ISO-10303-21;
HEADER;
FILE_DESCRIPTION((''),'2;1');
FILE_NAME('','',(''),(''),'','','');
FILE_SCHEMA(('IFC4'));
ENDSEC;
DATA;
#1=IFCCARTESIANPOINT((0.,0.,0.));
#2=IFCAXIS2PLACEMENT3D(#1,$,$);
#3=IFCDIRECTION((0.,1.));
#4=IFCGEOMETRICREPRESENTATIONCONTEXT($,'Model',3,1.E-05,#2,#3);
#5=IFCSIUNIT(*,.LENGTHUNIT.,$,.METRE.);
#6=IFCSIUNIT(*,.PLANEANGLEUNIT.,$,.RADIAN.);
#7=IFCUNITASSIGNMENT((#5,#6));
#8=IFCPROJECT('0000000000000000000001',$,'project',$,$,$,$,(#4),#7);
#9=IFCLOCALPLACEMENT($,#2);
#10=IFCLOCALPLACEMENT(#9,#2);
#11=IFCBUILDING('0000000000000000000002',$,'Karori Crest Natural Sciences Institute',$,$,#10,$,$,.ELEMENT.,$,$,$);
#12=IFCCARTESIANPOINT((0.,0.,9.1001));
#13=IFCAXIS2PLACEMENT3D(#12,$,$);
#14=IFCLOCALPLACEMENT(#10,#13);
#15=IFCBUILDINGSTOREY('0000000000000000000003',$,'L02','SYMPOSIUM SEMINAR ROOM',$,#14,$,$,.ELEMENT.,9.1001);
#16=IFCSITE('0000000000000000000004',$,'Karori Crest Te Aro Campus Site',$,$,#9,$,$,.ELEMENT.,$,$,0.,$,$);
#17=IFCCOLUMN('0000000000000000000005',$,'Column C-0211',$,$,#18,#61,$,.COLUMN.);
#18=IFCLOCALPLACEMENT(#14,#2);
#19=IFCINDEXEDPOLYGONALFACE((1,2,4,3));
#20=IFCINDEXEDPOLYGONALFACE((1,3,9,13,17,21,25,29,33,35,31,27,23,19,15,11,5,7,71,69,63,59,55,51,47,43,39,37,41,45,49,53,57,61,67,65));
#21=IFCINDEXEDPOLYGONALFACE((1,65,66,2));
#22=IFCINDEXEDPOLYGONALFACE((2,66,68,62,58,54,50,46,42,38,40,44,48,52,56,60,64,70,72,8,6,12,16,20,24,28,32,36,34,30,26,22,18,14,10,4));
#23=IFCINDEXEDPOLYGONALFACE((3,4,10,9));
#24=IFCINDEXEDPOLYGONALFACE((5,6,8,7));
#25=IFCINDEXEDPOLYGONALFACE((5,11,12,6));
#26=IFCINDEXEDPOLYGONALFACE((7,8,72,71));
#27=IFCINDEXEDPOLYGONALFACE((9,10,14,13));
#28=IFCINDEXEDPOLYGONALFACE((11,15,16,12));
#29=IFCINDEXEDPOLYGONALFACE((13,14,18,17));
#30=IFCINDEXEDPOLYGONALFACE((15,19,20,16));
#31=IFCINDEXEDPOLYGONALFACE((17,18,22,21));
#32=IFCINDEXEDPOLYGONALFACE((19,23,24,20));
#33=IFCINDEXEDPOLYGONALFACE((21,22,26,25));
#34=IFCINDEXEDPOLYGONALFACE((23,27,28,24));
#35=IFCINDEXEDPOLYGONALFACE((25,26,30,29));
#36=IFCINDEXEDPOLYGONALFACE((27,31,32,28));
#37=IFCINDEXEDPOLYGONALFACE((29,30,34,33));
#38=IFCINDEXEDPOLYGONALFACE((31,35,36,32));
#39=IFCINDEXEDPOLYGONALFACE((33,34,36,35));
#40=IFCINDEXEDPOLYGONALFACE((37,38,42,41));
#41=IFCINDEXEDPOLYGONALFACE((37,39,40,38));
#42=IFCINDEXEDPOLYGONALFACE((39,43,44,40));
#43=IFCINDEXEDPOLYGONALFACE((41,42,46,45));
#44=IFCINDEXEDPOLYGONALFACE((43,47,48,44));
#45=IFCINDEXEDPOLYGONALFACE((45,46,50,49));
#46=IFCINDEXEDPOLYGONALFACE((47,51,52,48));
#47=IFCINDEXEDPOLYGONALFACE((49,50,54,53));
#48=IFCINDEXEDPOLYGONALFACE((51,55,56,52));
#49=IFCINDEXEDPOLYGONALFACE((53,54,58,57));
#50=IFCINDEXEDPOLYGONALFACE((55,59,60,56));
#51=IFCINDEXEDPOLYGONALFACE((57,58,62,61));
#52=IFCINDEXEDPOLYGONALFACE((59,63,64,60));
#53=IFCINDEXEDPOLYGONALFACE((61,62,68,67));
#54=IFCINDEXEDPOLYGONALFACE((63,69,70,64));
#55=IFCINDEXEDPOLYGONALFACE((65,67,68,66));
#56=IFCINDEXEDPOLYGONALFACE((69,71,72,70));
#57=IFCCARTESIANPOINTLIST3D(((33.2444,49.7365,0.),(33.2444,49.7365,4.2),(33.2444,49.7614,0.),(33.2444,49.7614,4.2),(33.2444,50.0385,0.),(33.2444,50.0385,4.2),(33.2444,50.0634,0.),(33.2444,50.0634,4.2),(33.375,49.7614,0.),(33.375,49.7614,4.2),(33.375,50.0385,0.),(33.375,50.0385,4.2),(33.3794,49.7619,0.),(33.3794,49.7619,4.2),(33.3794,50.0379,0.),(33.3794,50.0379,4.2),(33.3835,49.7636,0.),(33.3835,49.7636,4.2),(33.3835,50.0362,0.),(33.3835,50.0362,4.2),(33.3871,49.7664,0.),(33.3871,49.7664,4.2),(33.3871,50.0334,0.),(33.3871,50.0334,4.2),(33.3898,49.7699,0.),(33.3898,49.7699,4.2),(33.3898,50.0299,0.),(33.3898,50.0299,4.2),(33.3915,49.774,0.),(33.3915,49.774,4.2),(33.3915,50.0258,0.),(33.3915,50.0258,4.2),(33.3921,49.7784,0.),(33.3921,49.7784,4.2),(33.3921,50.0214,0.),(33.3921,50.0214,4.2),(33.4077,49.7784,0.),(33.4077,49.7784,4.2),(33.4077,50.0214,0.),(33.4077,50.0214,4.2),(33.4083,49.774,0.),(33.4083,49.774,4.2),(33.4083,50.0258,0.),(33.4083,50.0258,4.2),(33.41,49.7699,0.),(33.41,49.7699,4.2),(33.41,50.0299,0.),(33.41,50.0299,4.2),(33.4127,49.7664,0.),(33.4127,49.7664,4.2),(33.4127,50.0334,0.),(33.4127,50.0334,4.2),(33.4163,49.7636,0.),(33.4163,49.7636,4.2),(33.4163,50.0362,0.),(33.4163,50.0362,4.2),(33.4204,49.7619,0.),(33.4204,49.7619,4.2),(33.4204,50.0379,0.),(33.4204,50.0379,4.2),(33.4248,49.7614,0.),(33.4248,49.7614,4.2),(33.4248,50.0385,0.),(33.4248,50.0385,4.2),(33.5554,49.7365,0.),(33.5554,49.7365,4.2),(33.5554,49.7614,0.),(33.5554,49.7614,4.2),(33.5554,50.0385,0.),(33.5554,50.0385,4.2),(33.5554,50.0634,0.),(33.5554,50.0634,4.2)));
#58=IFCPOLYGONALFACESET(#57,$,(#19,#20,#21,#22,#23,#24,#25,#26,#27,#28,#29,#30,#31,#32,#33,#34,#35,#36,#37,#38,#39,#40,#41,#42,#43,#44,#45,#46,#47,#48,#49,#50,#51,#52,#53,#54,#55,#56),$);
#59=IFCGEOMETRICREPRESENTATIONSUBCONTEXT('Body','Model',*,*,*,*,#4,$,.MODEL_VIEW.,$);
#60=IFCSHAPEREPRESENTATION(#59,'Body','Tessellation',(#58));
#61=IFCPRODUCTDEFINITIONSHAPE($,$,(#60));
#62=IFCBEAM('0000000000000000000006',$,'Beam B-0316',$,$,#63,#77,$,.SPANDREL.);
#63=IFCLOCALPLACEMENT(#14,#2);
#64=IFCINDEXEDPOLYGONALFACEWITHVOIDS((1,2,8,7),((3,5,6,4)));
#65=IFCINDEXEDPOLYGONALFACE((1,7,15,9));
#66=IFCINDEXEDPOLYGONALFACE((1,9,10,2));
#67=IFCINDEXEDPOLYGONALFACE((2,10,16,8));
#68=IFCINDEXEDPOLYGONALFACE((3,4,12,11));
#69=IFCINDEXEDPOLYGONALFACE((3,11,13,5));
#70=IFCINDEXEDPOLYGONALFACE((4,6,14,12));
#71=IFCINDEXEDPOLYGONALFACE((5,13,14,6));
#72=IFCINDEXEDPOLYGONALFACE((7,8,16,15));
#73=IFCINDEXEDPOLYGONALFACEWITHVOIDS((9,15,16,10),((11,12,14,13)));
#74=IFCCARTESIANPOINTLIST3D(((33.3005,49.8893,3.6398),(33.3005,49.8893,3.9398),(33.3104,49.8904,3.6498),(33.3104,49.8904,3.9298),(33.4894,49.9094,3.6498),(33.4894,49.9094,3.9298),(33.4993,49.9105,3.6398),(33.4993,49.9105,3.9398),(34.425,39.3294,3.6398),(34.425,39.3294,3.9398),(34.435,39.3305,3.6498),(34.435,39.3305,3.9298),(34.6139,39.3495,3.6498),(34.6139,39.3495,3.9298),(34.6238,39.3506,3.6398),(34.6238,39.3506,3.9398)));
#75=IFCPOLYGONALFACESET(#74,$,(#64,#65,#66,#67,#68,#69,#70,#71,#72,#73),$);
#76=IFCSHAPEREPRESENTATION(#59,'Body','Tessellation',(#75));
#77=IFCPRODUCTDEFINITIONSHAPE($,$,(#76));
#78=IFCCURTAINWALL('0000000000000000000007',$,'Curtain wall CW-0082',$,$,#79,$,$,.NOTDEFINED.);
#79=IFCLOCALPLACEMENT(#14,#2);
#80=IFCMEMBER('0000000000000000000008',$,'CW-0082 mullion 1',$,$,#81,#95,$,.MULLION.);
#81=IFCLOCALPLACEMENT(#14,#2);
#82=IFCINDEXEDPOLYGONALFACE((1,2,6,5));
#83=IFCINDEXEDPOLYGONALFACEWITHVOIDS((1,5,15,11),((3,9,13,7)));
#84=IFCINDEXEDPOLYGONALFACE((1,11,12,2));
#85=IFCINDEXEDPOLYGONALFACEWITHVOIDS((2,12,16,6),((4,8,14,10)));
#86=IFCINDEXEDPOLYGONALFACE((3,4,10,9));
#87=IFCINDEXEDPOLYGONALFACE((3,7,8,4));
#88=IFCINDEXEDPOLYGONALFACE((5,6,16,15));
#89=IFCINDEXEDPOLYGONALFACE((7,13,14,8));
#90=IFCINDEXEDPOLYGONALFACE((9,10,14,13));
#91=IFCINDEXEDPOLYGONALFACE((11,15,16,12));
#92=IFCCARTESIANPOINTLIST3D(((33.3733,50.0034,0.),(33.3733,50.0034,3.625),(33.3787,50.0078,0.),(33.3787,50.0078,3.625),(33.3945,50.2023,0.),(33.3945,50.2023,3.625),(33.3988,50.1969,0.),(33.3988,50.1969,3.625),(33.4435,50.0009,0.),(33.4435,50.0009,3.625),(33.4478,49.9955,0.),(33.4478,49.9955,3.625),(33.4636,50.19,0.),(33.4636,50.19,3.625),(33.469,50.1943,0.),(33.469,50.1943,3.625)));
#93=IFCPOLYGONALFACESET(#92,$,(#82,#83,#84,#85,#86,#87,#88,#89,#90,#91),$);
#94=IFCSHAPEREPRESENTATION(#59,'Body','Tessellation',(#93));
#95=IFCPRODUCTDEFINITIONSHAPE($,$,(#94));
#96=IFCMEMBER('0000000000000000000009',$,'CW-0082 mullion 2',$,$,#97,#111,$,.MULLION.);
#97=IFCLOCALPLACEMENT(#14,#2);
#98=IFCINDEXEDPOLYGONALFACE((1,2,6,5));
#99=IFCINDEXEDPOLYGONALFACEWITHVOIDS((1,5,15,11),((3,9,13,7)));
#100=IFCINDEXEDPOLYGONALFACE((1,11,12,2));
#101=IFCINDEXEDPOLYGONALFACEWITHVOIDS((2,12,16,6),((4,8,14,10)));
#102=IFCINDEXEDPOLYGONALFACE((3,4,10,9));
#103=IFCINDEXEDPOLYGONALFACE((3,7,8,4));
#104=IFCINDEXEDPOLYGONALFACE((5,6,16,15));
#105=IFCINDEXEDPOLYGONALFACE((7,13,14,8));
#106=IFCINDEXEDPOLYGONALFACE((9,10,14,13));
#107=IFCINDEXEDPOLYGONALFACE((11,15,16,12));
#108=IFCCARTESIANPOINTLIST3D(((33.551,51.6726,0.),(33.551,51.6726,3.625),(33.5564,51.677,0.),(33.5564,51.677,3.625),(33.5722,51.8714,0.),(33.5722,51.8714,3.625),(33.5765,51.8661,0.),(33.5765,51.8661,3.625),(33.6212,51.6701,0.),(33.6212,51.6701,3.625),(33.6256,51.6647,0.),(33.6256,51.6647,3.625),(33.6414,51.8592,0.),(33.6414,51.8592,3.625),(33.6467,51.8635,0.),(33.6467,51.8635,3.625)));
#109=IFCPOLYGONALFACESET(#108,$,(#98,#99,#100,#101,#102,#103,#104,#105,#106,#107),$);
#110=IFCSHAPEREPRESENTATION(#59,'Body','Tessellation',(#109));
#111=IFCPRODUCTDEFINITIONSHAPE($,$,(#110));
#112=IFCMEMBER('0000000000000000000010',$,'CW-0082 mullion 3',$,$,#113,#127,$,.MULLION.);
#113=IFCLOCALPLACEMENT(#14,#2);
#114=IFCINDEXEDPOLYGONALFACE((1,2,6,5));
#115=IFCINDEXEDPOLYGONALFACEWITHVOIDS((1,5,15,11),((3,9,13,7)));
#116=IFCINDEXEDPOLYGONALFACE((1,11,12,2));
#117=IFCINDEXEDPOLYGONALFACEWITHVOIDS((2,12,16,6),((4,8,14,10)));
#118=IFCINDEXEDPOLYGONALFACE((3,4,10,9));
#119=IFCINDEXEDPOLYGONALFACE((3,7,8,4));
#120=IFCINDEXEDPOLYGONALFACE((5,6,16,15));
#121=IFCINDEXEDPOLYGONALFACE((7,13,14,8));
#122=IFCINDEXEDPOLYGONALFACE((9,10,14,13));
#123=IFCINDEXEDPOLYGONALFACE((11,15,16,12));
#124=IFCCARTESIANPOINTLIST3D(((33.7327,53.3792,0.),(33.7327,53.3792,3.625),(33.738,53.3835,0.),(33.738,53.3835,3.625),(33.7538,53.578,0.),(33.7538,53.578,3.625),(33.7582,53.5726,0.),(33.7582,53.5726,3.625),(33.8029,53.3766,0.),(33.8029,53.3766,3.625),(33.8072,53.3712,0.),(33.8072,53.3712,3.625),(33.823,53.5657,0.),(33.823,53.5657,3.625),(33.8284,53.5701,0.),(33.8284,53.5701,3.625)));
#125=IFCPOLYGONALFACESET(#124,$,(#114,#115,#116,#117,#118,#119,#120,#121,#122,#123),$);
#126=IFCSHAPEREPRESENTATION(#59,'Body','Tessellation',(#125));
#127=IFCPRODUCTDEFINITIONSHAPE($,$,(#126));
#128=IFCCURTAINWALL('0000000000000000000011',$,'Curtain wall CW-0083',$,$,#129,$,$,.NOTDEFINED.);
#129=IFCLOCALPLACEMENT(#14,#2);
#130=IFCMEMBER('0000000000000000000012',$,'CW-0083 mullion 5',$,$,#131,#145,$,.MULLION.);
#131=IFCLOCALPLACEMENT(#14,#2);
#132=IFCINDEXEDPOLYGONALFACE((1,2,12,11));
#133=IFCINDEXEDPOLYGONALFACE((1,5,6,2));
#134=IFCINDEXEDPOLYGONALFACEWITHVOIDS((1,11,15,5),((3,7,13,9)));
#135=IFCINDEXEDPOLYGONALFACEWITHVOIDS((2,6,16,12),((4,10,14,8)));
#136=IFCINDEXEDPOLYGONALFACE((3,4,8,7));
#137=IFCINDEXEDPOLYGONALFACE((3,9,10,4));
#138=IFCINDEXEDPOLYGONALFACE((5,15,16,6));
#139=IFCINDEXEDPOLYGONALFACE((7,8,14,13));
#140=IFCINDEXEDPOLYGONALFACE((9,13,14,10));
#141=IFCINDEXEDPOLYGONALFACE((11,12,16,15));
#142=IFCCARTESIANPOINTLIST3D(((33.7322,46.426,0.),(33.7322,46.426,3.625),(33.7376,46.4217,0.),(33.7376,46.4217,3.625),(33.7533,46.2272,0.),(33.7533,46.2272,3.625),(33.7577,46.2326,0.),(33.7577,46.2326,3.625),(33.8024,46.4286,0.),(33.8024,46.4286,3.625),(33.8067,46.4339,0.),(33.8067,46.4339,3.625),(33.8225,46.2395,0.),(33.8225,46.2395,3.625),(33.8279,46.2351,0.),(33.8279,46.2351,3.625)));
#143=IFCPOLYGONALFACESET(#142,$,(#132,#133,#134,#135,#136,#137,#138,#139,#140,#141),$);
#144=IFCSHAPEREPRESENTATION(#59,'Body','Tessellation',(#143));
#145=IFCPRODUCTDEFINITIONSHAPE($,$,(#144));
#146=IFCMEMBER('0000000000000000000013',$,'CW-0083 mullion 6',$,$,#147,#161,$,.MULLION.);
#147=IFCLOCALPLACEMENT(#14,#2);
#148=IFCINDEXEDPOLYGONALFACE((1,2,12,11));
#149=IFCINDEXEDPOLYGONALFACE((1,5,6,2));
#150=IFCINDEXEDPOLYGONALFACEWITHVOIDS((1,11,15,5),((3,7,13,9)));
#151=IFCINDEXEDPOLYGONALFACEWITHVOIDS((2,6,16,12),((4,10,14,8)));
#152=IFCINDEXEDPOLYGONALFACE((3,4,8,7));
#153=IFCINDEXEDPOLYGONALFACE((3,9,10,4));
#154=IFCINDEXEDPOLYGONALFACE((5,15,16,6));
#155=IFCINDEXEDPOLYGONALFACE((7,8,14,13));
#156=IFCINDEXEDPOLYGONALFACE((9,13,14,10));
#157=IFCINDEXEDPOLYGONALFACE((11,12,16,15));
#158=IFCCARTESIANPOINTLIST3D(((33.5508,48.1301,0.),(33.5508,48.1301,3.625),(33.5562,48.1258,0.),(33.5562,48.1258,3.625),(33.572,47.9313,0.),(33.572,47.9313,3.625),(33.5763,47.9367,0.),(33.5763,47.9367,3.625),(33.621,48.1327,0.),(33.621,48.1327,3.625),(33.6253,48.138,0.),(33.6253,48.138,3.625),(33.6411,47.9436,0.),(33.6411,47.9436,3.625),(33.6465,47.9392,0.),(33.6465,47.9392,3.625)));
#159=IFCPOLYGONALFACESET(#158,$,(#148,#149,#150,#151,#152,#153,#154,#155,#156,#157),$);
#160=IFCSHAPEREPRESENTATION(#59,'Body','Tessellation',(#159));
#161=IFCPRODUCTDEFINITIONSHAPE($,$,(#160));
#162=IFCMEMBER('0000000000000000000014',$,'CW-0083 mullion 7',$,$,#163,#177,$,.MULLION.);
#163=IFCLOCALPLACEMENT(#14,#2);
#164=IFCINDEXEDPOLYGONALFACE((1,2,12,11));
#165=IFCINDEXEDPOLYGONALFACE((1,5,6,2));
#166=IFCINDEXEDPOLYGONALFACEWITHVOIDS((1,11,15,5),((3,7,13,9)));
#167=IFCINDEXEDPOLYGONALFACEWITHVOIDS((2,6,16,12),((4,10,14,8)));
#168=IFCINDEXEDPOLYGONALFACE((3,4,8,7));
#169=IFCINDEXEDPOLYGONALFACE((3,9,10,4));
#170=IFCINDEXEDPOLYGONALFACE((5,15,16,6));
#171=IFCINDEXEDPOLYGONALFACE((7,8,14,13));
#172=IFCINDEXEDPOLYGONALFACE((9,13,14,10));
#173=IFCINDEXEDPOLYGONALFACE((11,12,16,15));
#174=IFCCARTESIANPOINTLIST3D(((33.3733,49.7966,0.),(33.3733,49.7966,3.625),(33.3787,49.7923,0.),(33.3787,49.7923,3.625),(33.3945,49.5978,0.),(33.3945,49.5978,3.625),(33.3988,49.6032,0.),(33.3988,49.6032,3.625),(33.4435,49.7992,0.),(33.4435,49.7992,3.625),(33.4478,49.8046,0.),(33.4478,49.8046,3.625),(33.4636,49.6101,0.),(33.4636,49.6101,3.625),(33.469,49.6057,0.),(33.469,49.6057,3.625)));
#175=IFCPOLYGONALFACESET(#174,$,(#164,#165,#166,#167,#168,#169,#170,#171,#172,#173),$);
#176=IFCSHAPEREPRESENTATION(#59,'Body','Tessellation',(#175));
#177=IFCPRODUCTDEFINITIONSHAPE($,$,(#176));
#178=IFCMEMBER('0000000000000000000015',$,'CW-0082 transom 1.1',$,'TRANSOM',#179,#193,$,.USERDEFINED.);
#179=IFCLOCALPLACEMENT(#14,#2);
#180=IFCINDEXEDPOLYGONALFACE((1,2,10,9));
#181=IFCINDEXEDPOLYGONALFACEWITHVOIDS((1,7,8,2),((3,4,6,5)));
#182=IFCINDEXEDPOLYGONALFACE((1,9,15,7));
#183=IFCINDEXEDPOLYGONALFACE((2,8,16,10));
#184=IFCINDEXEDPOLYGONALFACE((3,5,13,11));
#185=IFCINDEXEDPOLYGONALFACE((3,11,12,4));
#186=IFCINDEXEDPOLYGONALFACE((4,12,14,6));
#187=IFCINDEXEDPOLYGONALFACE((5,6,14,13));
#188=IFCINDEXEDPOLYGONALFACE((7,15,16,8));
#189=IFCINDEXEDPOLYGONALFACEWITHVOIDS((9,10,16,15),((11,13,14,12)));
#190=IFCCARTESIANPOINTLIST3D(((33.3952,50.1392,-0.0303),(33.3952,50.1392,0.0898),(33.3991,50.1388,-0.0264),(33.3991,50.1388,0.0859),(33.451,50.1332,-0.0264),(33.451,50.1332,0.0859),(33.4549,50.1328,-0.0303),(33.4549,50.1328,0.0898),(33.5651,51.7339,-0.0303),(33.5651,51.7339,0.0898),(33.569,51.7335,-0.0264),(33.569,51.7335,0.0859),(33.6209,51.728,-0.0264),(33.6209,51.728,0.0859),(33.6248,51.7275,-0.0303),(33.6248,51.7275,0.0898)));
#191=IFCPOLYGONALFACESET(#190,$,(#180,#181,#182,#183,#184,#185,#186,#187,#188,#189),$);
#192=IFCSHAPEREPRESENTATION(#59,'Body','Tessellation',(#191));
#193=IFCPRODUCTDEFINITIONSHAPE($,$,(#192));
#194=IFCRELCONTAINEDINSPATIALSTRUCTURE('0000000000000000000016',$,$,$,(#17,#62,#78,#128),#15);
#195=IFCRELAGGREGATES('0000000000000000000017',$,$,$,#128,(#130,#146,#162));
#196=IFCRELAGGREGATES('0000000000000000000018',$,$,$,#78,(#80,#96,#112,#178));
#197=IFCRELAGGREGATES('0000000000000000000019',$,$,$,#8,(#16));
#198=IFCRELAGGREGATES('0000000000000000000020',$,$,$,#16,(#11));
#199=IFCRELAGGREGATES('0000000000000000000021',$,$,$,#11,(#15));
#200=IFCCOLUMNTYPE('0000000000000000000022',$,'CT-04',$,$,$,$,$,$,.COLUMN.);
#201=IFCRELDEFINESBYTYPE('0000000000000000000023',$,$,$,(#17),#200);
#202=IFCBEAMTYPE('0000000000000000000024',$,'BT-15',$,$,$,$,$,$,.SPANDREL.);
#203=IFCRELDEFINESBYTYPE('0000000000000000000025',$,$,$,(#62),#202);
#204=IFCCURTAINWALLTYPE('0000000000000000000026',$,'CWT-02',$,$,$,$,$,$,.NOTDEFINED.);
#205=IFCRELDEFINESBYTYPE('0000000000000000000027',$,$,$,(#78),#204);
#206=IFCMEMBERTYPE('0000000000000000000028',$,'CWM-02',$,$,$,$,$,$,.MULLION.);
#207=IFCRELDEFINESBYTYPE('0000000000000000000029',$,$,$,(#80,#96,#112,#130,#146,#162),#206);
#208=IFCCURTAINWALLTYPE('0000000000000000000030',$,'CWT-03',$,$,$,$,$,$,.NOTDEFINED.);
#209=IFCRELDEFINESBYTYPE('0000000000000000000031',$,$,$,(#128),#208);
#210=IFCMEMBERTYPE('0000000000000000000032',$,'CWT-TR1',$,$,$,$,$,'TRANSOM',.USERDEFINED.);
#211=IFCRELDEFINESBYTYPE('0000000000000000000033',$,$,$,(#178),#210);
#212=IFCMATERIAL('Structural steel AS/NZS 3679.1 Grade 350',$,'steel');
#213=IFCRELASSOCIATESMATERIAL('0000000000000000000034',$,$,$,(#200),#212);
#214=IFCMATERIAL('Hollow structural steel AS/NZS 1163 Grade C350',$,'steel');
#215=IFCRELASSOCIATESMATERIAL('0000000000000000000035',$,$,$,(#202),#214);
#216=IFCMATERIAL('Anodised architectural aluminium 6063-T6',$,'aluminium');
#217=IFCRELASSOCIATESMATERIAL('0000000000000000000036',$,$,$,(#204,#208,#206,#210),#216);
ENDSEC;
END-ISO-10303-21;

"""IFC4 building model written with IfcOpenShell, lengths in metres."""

from ifc_helpers import new_model, si_unit, direction, frame, origin, origin_2d, place, context, subcontext, project, spatial, hollow_rectangle, i_section, extrude, material, material_profile, profile_set, type_object, element, aggregate, save


model = new_model("IFC4")

# Units and contexts
model_context = context("Model", 3, precision=1e-05, world=origin(), true_north=direction((0.0, 1.0)))
body_context = subcontext(model_context, "Body", "Model", "MODEL_VIEW")
ifc_project = project(units=[si_unit("LENGTHUNIT", "METRE"), si_unit("PLANEANGLEUNIT", "RADIAN")], contexts=[model_context])

# Site, building, storey
site_placement = place(None, origin())
site = spatial("IfcSite", under=ifc_project, at=site_placement, Name="Karori Crest Te Aro Campus Site", CompositionType="ELEMENT", RefElevation=0.0)
building_placement = place(site_placement, origin())
building = spatial("IfcBuilding", under=site, at=building_placement, Name="Karori Crest Natural Sciences Institute", CompositionType="ELEMENT")
storey_placement = place(building_placement, frame((0.0, 0.0, 9.1001)))
storey = spatial("IfcBuildingStorey", under=building, at=storey_placement, Name="L02", Description="SYMPOSIUM SEMINAR ROOM", CompositionType="ELEMENT", Elevation=9.1001)

# Column
ifc_material_1 = material(Name="Structural steel AS/NZS 3679.1 Grade 350", Category="steel")
ifc_material_profile_1 = material_profile(ifc_material_1, i_section(OverallWidth=0.311, OverallDepth=0.3269, WebThickness=0.0156, FlangeThickness=0.0249, FilletRadius=0.0171, at=origin_2d()), Name="310UC158")
ifc_profile_set_1 = profile_set([ifc_material_profile_1], Name="Structural steel AS/NZS 3679.1 Grade 350")
column_type = type_object("IfcColumnType", Name="CT-04", PredefinedType="COLUMN", material=ifc_profile_set_1)
column_placement = place(storey_placement, frame((33.3999, 49.8999, 0.0), z_axis=(0.0, 0.0, 1.0), x_axis=(1.0, 0.0, 0.0)))
element("IfcColumn", 1, at=column_placement, inside=storey, type_object=column_type, Name="Column C-0211", PredefinedType="COLUMN", context=body_context, shape_type="SweptSolid", body=[
    extrude(i_section(OverallWidth=0.311, OverallDepth=0.3269, WebThickness=0.0156, FlangeThickness=0.0249, FilletRadius=0.0171, at=origin_2d()), origin(), (0.0, 0.0, 1.0), 4.2),
])

# Beam
ifc_material_2 = material(Name="Hollow structural steel AS/NZS 1163 Grade C350", Category="steel")
ifc_material_profile_2 = material_profile(ifc_material_2, hollow_rectangle(XDim=0.2, YDim=0.3, WallThickness=0.01, at=origin_2d()), Name="RHS300x200x10")
ifc_profile_set_2 = profile_set([ifc_material_profile_2], Name="Hollow structural steel AS/NZS 1163 Grade C350")
beam_type = type_object("IfcBeamType", Name="BT-15", PredefinedType="SPANDREL", material=ifc_profile_set_2)
beam_placement = place(storey_placement, frame((33.3999, 49.8999, 3.7898), z_axis=(0.105891, -0.994378, 0.0), x_axis=(0.994378, 0.105891, 0.0)))
element("IfcBeam", 2, at=beam_placement, inside=storey, type_object=beam_type, Name="Beam B-0316", PredefinedType="SPANDREL", context=body_context, shape_type="SweptSolid", body=[
    extrude(hollow_rectangle(XDim=0.2, YDim=0.3, WallThickness=0.01, at=origin_2d()), origin(), (0.0, 0.0, 1.0), 10.6196),
])

# Curtain walls, members
ifc_material_3 = material(Name="Anodised architectural aluminium 6063-T6", Category="aluminium")
curtain_wall_type_1 = type_object("IfcCurtainWallType", Name="CWT-02", PredefinedType="NOTDEFINED", material=ifc_material_3)
curtain_wall_1_placement = place(storey_placement, origin())
curtain_wall_1 = element("IfcCurtainWall", 3, at=curtain_wall_1_placement, inside=storey, type_object=curtain_wall_type_1, Name="Curtain wall CW-0082", PredefinedType="NOTDEFINED")
ifc_material_profile_3 = material_profile(ifc_material_3, hollow_rectangle(XDim=0.075, YDim=0.2, WallThickness=0.0049, at=origin_2d()), Name="CWM200x75x5")
ifc_profile_set_3 = profile_set([ifc_material_profile_3], Name="Anodised architectural aluminium 6063-T6")
member_type_1 = type_object("IfcMemberType", Name="CWM-02", PredefinedType="MULLION", material=ifc_profile_set_3)
member_1_placement = place(storey_placement, frame((33.4211, 50.0989, 0.0), z_axis=(0.0, 0.0, 1.0), x_axis=(-0.994378, 0.105884, 0.0)))
member_1 = element("IfcMember", 4, at=member_1_placement, type_object=member_type_1, Name="CW-0082 mullion 1", PredefinedType="MULLION", context=body_context, shape_type="SweptSolid", body=[
    extrude(hollow_rectangle(XDim=0.075, YDim=0.2, WallThickness=0.0049, at=origin_2d()), origin(), (0.0, 0.0, 1.0), 3.625),
])
member_2_placement = place(storey_placement, frame((33.5989, 51.7681, 0.0), z_axis=(0.0, 0.0, 1.0), x_axis=(-0.994378, 0.105884, 0.0)))
member_2 = element("IfcMember", 5, at=member_2_placement, type_object=member_type_1, Name="CW-0082 mullion 2", PredefinedType="MULLION", context=body_context, shape_type="SweptSolid", body=[
    extrude(hollow_rectangle(XDim=0.075, YDim=0.2, WallThickness=0.0049, at=origin_2d()), origin(), (0.0, 0.0, 1.0), 3.625),
])
member_3_placement = place(storey_placement, frame((33.7805, 53.4746, 0.0), z_axis=(0.0, 0.0, 1.0), x_axis=(-0.994378, 0.105884, 0.0)))
member_3 = element("IfcMember", 6, at=member_3_placement, type_object=member_type_1, Name="CW-0082 mullion 3", PredefinedType="MULLION", context=body_context, shape_type="SweptSolid", body=[
    extrude(hollow_rectangle(XDim=0.075, YDim=0.2, WallThickness=0.0049, at=origin_2d()), origin(), (0.0, 0.0, 1.0), 3.625),
])
curtain_wall_type_2 = type_object("IfcCurtainWallType", Name="CWT-03", PredefinedType="NOTDEFINED", material=ifc_material_3)
curtain_wall_2_placement = place(storey_placement, origin())
curtain_wall_2 = element("IfcCurtainWall", 7, at=curtain_wall_2_placement, inside=storey, type_object=curtain_wall_type_2, Name="Curtain wall CW-0083", PredefinedType="NOTDEFINED")
member_4_placement = place(storey_placement, frame((33.78, 46.3306, 0.0), z_axis=(0.0, 0.0, 1.0), x_axis=(-0.994379, -0.105882, 0.0)))
member_4 = element("IfcMember", 8, at=member_4_placement, type_object=member_type_1, Name="CW-0083 mullion 5", PredefinedType="MULLION", context=body_context, shape_type="SweptSolid", body=[
    extrude(hollow_rectangle(XDim=0.075, YDim=0.2, WallThickness=0.0049, at=origin_2d()), origin(), (0.0, 0.0, 1.0), 3.625),
])
member_5_placement = place(storey_placement, frame((33.5986, 48.0347, 0.0), z_axis=(0.0, 0.0, 1.0), x_axis=(-0.994379, -0.105882, 0.0)))
member_5 = element("IfcMember", 9, at=member_5_placement, type_object=member_type_1, Name="CW-0083 mullion 6", PredefinedType="MULLION", context=body_context, shape_type="SweptSolid", body=[
    extrude(hollow_rectangle(XDim=0.075, YDim=0.2, WallThickness=0.0049, at=origin_2d()), origin(), (0.0, 0.0, 1.0), 3.625),
])
member_6_placement = place(storey_placement, frame((33.4211, 49.7012, 0.0), z_axis=(0.0, 0.0, 1.0), x_axis=(-0.994379, -0.105882, 0.0)))
member_6 = element("IfcMember", 10, at=member_6_placement, type_object=member_type_1, Name="CW-0083 mullion 7", PredefinedType="MULLION", context=body_context, shape_type="SweptSolid", body=[
    extrude(hollow_rectangle(XDim=0.075, YDim=0.2, WallThickness=0.0049, at=origin_2d()), origin(), (0.0, 0.0, 1.0), 3.625),
])

# Member
ifc_material_profile_4 = material_profile(ifc_material_3, hollow_rectangle(XDim=0.0601, YDim=0.1201, WallThickness=0.0039, at=origin_2d()), Name="CWT120x60x4")
ifc_profile_set_4 = profile_set([ifc_material_profile_4], Name="Anodised architectural aluminium 6063-T6")
member_type_2 = type_object("IfcMemberType", Name="CWT-TR1", ElementType="TRANSOM", PredefinedType="USERDEFINED", material=ifc_profile_set_4)
member_7_placement = place(storey_placement, frame((33.425, 50.136, 0.0298), z_axis=(0.105953, 0.994371, 0.0), x_axis=(-0.994371, 0.105953, 0.0)))
member_7 = element("IfcMember", 11, at=member_7_placement, type_object=member_type_2, Name="CW-0082 transom 1.1", ObjectType="TRANSOM", PredefinedType="USERDEFINED", context=body_context, shape_type="SweptSolid", body=[
    extrude(hollow_rectangle(XDim=0.0601, YDim=0.1201, WallThickness=0.0039, at=origin_2d()), origin(), (0.0, 0.0, 1.0), 1.6038),
])

aggregate(curtain_wall_2, [member_4, member_5, member_6])
aggregate(curtain_wall_1, [member_1, member_2, member_3, member_7])

save(model, "model.ifc")
